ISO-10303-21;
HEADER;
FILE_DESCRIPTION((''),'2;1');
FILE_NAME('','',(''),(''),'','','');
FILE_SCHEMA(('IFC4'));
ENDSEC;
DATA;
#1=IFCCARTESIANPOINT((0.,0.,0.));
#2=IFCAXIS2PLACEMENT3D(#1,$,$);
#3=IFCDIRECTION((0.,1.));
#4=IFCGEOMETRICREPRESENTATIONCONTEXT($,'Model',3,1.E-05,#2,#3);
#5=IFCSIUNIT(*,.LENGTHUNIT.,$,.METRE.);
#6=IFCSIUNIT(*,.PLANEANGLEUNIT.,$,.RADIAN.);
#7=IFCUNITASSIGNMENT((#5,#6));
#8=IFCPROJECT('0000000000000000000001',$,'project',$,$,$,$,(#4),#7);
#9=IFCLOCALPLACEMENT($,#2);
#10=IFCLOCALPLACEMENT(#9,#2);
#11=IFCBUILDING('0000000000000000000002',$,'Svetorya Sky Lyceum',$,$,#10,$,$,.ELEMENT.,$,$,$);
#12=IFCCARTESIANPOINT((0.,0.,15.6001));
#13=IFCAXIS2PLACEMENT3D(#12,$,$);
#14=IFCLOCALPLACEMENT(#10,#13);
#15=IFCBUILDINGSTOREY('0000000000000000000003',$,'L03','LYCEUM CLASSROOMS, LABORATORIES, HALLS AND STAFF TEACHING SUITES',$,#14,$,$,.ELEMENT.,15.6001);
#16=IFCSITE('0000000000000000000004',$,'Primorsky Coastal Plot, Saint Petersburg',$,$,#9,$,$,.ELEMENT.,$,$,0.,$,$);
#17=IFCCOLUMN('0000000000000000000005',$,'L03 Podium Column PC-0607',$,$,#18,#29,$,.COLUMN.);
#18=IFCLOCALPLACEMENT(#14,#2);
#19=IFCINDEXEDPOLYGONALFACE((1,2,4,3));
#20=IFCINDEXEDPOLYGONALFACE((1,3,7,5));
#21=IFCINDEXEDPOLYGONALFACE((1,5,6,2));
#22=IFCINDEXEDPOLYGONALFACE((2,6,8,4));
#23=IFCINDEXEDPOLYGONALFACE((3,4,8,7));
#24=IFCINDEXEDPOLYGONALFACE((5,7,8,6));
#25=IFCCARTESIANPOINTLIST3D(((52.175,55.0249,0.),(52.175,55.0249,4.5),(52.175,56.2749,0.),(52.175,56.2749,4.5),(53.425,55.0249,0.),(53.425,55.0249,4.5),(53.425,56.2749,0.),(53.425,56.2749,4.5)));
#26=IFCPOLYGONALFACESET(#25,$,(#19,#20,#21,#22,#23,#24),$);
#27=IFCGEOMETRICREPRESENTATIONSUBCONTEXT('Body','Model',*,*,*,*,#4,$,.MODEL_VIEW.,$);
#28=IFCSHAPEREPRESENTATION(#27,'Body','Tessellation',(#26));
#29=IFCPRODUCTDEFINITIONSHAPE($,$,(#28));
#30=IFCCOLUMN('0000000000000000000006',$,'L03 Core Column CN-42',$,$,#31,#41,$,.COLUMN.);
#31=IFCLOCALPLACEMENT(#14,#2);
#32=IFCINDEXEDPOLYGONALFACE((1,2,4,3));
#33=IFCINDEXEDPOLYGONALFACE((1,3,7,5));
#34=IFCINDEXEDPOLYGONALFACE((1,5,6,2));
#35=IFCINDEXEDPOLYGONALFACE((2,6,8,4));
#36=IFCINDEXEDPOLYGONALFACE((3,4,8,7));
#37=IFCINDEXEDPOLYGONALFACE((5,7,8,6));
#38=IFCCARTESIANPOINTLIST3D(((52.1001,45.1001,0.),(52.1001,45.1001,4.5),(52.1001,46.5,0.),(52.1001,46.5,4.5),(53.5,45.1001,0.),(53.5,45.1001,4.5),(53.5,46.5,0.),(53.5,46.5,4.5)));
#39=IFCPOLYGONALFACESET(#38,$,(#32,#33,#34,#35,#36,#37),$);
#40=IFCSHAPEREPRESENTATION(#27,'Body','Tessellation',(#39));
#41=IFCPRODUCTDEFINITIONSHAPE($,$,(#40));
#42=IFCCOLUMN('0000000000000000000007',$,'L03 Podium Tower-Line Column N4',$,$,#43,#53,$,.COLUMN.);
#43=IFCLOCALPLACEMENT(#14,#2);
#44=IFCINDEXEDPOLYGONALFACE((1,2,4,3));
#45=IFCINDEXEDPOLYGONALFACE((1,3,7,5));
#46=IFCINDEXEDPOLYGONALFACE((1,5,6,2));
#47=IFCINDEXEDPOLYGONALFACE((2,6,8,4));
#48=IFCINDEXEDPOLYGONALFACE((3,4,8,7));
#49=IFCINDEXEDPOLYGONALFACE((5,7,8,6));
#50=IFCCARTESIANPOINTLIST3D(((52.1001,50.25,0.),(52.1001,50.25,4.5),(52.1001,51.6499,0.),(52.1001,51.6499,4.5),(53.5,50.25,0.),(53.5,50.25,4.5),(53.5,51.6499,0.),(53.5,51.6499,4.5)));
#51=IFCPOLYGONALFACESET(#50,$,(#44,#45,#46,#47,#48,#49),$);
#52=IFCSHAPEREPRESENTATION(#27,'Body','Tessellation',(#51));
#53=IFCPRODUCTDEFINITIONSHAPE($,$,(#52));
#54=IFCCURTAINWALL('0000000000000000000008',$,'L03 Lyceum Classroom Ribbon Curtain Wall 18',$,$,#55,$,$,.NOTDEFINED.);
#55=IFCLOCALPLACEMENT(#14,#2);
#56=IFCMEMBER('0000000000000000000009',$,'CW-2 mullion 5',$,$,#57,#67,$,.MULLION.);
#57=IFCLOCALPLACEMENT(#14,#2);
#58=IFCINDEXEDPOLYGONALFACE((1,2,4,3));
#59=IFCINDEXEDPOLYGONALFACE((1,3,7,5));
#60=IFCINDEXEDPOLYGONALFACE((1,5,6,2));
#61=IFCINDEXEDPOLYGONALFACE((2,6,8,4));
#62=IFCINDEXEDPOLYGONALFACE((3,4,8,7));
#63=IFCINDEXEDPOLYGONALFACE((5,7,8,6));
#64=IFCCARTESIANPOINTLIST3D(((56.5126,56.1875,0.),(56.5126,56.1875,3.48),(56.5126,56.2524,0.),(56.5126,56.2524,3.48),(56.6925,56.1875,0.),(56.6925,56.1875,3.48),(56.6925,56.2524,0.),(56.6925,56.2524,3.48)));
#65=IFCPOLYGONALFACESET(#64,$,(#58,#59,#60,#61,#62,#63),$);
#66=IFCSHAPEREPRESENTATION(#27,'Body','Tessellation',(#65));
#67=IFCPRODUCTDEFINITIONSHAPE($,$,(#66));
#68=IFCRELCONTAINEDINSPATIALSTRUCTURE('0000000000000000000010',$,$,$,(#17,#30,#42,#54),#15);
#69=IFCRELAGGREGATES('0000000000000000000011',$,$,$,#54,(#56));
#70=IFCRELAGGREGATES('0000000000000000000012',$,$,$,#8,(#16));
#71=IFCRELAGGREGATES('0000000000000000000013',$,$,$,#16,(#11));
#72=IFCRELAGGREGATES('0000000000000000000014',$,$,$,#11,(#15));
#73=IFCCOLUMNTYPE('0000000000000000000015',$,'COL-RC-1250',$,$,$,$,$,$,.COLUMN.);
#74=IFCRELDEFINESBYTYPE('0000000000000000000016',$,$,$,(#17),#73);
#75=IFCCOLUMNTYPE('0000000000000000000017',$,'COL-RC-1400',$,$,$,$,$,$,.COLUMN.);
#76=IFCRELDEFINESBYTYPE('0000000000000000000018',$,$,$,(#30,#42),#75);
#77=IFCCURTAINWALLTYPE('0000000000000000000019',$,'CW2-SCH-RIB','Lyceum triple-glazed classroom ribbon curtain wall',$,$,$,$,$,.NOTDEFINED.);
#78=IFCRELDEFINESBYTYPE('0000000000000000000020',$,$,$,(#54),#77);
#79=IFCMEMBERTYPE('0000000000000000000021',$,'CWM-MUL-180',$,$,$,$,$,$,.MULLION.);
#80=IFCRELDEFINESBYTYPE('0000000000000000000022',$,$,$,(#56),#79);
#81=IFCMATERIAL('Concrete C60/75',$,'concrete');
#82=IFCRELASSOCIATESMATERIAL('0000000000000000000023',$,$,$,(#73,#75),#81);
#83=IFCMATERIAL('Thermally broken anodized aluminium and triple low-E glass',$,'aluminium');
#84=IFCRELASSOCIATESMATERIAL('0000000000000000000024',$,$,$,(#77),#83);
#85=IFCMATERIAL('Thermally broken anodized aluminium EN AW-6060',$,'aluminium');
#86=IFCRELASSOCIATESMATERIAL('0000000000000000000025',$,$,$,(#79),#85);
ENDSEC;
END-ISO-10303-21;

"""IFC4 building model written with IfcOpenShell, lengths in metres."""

from ifc_helpers import new_model, si_unit, direction, frame, origin, origin_2d, place, context, subcontext, project, spatial, rectangle, extrude, material, material_profile, profile_set, type_object, element, aggregate, save


model = new_model("IFC4")

# Units and contexts
model_context = context("Model", 3, precision=1e-05, world=origin(), true_north=direction((0.0, 1.0)))
body_context = subcontext(model_context, "Body", "Model", "MODEL_VIEW")
ifc_project = project(units=[si_unit("LENGTHUNIT", "METRE"), si_unit("PLANEANGLEUNIT", "RADIAN")], contexts=[model_context])

# Site, building, storey
site_placement = place(None, origin())
site = spatial("IfcSite", under=ifc_project, at=site_placement, Name="Primorsky Coastal Plot, Saint Petersburg", CompositionType="ELEMENT", RefElevation=0.0)
building_placement = place(site_placement, origin())
building = spatial("IfcBuilding", under=site, at=building_placement, Name="Svetorya Sky Lyceum", CompositionType="ELEMENT")
storey_placement = place(building_placement, frame((0.0, 0.0, 15.6001)))
storey = spatial("IfcBuildingStorey", under=building, at=storey_placement, Name="L03", Description="LYCEUM CLASSROOMS, LABORATORIES, HALLS AND STAFF TEACHING SUITES", CompositionType="ELEMENT", Elevation=15.6001)

# Columns
ifc_material_1 = material(Name="Concrete C60/75", Category="concrete")
ifc_material_profile_1 = material_profile(ifc_material_1, rectangle(XDim=1.25, YDim=1.25, at=origin_2d()), Name="RC COL 1250x1250")
ifc_profile_set_1 = profile_set([ifc_material_profile_1], Name="Concrete C60/75")
column_type_1 = type_object("IfcColumnType", Name="COL-RC-1250", PredefinedType="COLUMN", material=ifc_profile_set_1)
column_placement = place(storey_placement, frame((52.8, 55.6499, 0.0), z_axis=(0.0, 0.0, 1.0), x_axis=(1.0, 0.0, 0.0)))
element("IfcColumn", 1, at=column_placement, inside=storey, type_object=column_type_1, Name="L03 Podium Column PC-0607", PredefinedType="COLUMN", context=body_context, shape_type="SweptSolid", body=[
    extrude(rectangle(XDim=1.25, YDim=1.25, at=origin_2d()), origin(), (0.0, 0.0, 1.0), 4.5),
])
ifc_material_profile_2 = material_profile(ifc_material_1, rectangle(XDim=1.3999, YDim=1.3999, at=origin_2d()), Name="RC COL 1400x1400")
ifc_profile_set_2 = profile_set([ifc_material_profile_2], Name="Concrete C60/75")
column_type_2 = type_object("IfcColumnType", Name="COL-RC-1400", PredefinedType="COLUMN", material=ifc_profile_set_2)
for number, where, z_axis, x_axis, name in (
    (2, (52.8, 45.8, 0.0), (0.0, 0.0, 1.0), (1.0, 0.0, 0.0), "L03 Core Column CN-42"),
    (3, (52.8, 50.95, 0.0), (0.0, 0.0, 1.0), (1.0, 0.0, 0.0), "L03 Podium Tower-Line Column N4"),
):
    element("IfcColumn", number, at=place(storey_placement, frame(where, z_axis=z_axis, x_axis=x_axis)), inside=storey, type_object=column_type_2, Name=name, PredefinedType="COLUMN", context=body_context, shape_type="SweptSolid", body=[
        extrude(rectangle(XDim=1.3999, YDim=1.3999, at=origin_2d()), origin(), (0.0, 0.0, 1.0), 4.5),
    ])

# Curtain wall, member
ifc_material_2 = material(Name="Thermally broken anodized aluminium and triple low-E glass", Category="aluminium")
curtain_wall_type = type_object("IfcCurtainWallType", Name="CW2-SCH-RIB", Description="Lyceum triple-glazed classroom ribbon curtain wall", PredefinedType="NOTDEFINED", material=ifc_material_2)
curtain_wall_placement = place(storey_placement, origin())
curtain_wall = element("IfcCurtainWall", 4, at=curtain_wall_placement, inside=storey, type_object=curtain_wall_type, Name="L03 Lyceum Classroom Ribbon Curtain Wall 18", PredefinedType="NOTDEFINED")
ifc_material_3 = material(Name="Thermally broken anodized aluminium EN AW-6060", Category="aluminium")
ifc_material_profile_3 = material_profile(ifc_material_3, rectangle(XDim=0.0649, YDim=0.1799, at=origin_2d()), Name="ALU MULLION 65x180")
ifc_profile_set_3 = profile_set([ifc_material_profile_3], Name="Thermally broken anodized aluminium EN AW-6060")
member_type = type_object("IfcMemberType", Name="CWM-MUL-180", PredefinedType="MULLION", material=ifc_profile_set_3)
member_placement = place(storey_placement, frame((56.6025, 56.22, 0.0), z_axis=(0.0, 0.0, 1.0), x_axis=(0.0, -1.0, 0.0)))
member = element("IfcMember", 5, at=member_placement, type_object=member_type, Name="CW-2 mullion 5", PredefinedType="MULLION", context=body_context, shape_type="SweptSolid", body=[
    extrude(rectangle(XDim=0.0649, YDim=0.1799, at=origin_2d()), origin(), (0.0, 0.0, 1.0), 3.48),
])
aggregate(curtain_wall, [member])

save(model, "model.ifc")
